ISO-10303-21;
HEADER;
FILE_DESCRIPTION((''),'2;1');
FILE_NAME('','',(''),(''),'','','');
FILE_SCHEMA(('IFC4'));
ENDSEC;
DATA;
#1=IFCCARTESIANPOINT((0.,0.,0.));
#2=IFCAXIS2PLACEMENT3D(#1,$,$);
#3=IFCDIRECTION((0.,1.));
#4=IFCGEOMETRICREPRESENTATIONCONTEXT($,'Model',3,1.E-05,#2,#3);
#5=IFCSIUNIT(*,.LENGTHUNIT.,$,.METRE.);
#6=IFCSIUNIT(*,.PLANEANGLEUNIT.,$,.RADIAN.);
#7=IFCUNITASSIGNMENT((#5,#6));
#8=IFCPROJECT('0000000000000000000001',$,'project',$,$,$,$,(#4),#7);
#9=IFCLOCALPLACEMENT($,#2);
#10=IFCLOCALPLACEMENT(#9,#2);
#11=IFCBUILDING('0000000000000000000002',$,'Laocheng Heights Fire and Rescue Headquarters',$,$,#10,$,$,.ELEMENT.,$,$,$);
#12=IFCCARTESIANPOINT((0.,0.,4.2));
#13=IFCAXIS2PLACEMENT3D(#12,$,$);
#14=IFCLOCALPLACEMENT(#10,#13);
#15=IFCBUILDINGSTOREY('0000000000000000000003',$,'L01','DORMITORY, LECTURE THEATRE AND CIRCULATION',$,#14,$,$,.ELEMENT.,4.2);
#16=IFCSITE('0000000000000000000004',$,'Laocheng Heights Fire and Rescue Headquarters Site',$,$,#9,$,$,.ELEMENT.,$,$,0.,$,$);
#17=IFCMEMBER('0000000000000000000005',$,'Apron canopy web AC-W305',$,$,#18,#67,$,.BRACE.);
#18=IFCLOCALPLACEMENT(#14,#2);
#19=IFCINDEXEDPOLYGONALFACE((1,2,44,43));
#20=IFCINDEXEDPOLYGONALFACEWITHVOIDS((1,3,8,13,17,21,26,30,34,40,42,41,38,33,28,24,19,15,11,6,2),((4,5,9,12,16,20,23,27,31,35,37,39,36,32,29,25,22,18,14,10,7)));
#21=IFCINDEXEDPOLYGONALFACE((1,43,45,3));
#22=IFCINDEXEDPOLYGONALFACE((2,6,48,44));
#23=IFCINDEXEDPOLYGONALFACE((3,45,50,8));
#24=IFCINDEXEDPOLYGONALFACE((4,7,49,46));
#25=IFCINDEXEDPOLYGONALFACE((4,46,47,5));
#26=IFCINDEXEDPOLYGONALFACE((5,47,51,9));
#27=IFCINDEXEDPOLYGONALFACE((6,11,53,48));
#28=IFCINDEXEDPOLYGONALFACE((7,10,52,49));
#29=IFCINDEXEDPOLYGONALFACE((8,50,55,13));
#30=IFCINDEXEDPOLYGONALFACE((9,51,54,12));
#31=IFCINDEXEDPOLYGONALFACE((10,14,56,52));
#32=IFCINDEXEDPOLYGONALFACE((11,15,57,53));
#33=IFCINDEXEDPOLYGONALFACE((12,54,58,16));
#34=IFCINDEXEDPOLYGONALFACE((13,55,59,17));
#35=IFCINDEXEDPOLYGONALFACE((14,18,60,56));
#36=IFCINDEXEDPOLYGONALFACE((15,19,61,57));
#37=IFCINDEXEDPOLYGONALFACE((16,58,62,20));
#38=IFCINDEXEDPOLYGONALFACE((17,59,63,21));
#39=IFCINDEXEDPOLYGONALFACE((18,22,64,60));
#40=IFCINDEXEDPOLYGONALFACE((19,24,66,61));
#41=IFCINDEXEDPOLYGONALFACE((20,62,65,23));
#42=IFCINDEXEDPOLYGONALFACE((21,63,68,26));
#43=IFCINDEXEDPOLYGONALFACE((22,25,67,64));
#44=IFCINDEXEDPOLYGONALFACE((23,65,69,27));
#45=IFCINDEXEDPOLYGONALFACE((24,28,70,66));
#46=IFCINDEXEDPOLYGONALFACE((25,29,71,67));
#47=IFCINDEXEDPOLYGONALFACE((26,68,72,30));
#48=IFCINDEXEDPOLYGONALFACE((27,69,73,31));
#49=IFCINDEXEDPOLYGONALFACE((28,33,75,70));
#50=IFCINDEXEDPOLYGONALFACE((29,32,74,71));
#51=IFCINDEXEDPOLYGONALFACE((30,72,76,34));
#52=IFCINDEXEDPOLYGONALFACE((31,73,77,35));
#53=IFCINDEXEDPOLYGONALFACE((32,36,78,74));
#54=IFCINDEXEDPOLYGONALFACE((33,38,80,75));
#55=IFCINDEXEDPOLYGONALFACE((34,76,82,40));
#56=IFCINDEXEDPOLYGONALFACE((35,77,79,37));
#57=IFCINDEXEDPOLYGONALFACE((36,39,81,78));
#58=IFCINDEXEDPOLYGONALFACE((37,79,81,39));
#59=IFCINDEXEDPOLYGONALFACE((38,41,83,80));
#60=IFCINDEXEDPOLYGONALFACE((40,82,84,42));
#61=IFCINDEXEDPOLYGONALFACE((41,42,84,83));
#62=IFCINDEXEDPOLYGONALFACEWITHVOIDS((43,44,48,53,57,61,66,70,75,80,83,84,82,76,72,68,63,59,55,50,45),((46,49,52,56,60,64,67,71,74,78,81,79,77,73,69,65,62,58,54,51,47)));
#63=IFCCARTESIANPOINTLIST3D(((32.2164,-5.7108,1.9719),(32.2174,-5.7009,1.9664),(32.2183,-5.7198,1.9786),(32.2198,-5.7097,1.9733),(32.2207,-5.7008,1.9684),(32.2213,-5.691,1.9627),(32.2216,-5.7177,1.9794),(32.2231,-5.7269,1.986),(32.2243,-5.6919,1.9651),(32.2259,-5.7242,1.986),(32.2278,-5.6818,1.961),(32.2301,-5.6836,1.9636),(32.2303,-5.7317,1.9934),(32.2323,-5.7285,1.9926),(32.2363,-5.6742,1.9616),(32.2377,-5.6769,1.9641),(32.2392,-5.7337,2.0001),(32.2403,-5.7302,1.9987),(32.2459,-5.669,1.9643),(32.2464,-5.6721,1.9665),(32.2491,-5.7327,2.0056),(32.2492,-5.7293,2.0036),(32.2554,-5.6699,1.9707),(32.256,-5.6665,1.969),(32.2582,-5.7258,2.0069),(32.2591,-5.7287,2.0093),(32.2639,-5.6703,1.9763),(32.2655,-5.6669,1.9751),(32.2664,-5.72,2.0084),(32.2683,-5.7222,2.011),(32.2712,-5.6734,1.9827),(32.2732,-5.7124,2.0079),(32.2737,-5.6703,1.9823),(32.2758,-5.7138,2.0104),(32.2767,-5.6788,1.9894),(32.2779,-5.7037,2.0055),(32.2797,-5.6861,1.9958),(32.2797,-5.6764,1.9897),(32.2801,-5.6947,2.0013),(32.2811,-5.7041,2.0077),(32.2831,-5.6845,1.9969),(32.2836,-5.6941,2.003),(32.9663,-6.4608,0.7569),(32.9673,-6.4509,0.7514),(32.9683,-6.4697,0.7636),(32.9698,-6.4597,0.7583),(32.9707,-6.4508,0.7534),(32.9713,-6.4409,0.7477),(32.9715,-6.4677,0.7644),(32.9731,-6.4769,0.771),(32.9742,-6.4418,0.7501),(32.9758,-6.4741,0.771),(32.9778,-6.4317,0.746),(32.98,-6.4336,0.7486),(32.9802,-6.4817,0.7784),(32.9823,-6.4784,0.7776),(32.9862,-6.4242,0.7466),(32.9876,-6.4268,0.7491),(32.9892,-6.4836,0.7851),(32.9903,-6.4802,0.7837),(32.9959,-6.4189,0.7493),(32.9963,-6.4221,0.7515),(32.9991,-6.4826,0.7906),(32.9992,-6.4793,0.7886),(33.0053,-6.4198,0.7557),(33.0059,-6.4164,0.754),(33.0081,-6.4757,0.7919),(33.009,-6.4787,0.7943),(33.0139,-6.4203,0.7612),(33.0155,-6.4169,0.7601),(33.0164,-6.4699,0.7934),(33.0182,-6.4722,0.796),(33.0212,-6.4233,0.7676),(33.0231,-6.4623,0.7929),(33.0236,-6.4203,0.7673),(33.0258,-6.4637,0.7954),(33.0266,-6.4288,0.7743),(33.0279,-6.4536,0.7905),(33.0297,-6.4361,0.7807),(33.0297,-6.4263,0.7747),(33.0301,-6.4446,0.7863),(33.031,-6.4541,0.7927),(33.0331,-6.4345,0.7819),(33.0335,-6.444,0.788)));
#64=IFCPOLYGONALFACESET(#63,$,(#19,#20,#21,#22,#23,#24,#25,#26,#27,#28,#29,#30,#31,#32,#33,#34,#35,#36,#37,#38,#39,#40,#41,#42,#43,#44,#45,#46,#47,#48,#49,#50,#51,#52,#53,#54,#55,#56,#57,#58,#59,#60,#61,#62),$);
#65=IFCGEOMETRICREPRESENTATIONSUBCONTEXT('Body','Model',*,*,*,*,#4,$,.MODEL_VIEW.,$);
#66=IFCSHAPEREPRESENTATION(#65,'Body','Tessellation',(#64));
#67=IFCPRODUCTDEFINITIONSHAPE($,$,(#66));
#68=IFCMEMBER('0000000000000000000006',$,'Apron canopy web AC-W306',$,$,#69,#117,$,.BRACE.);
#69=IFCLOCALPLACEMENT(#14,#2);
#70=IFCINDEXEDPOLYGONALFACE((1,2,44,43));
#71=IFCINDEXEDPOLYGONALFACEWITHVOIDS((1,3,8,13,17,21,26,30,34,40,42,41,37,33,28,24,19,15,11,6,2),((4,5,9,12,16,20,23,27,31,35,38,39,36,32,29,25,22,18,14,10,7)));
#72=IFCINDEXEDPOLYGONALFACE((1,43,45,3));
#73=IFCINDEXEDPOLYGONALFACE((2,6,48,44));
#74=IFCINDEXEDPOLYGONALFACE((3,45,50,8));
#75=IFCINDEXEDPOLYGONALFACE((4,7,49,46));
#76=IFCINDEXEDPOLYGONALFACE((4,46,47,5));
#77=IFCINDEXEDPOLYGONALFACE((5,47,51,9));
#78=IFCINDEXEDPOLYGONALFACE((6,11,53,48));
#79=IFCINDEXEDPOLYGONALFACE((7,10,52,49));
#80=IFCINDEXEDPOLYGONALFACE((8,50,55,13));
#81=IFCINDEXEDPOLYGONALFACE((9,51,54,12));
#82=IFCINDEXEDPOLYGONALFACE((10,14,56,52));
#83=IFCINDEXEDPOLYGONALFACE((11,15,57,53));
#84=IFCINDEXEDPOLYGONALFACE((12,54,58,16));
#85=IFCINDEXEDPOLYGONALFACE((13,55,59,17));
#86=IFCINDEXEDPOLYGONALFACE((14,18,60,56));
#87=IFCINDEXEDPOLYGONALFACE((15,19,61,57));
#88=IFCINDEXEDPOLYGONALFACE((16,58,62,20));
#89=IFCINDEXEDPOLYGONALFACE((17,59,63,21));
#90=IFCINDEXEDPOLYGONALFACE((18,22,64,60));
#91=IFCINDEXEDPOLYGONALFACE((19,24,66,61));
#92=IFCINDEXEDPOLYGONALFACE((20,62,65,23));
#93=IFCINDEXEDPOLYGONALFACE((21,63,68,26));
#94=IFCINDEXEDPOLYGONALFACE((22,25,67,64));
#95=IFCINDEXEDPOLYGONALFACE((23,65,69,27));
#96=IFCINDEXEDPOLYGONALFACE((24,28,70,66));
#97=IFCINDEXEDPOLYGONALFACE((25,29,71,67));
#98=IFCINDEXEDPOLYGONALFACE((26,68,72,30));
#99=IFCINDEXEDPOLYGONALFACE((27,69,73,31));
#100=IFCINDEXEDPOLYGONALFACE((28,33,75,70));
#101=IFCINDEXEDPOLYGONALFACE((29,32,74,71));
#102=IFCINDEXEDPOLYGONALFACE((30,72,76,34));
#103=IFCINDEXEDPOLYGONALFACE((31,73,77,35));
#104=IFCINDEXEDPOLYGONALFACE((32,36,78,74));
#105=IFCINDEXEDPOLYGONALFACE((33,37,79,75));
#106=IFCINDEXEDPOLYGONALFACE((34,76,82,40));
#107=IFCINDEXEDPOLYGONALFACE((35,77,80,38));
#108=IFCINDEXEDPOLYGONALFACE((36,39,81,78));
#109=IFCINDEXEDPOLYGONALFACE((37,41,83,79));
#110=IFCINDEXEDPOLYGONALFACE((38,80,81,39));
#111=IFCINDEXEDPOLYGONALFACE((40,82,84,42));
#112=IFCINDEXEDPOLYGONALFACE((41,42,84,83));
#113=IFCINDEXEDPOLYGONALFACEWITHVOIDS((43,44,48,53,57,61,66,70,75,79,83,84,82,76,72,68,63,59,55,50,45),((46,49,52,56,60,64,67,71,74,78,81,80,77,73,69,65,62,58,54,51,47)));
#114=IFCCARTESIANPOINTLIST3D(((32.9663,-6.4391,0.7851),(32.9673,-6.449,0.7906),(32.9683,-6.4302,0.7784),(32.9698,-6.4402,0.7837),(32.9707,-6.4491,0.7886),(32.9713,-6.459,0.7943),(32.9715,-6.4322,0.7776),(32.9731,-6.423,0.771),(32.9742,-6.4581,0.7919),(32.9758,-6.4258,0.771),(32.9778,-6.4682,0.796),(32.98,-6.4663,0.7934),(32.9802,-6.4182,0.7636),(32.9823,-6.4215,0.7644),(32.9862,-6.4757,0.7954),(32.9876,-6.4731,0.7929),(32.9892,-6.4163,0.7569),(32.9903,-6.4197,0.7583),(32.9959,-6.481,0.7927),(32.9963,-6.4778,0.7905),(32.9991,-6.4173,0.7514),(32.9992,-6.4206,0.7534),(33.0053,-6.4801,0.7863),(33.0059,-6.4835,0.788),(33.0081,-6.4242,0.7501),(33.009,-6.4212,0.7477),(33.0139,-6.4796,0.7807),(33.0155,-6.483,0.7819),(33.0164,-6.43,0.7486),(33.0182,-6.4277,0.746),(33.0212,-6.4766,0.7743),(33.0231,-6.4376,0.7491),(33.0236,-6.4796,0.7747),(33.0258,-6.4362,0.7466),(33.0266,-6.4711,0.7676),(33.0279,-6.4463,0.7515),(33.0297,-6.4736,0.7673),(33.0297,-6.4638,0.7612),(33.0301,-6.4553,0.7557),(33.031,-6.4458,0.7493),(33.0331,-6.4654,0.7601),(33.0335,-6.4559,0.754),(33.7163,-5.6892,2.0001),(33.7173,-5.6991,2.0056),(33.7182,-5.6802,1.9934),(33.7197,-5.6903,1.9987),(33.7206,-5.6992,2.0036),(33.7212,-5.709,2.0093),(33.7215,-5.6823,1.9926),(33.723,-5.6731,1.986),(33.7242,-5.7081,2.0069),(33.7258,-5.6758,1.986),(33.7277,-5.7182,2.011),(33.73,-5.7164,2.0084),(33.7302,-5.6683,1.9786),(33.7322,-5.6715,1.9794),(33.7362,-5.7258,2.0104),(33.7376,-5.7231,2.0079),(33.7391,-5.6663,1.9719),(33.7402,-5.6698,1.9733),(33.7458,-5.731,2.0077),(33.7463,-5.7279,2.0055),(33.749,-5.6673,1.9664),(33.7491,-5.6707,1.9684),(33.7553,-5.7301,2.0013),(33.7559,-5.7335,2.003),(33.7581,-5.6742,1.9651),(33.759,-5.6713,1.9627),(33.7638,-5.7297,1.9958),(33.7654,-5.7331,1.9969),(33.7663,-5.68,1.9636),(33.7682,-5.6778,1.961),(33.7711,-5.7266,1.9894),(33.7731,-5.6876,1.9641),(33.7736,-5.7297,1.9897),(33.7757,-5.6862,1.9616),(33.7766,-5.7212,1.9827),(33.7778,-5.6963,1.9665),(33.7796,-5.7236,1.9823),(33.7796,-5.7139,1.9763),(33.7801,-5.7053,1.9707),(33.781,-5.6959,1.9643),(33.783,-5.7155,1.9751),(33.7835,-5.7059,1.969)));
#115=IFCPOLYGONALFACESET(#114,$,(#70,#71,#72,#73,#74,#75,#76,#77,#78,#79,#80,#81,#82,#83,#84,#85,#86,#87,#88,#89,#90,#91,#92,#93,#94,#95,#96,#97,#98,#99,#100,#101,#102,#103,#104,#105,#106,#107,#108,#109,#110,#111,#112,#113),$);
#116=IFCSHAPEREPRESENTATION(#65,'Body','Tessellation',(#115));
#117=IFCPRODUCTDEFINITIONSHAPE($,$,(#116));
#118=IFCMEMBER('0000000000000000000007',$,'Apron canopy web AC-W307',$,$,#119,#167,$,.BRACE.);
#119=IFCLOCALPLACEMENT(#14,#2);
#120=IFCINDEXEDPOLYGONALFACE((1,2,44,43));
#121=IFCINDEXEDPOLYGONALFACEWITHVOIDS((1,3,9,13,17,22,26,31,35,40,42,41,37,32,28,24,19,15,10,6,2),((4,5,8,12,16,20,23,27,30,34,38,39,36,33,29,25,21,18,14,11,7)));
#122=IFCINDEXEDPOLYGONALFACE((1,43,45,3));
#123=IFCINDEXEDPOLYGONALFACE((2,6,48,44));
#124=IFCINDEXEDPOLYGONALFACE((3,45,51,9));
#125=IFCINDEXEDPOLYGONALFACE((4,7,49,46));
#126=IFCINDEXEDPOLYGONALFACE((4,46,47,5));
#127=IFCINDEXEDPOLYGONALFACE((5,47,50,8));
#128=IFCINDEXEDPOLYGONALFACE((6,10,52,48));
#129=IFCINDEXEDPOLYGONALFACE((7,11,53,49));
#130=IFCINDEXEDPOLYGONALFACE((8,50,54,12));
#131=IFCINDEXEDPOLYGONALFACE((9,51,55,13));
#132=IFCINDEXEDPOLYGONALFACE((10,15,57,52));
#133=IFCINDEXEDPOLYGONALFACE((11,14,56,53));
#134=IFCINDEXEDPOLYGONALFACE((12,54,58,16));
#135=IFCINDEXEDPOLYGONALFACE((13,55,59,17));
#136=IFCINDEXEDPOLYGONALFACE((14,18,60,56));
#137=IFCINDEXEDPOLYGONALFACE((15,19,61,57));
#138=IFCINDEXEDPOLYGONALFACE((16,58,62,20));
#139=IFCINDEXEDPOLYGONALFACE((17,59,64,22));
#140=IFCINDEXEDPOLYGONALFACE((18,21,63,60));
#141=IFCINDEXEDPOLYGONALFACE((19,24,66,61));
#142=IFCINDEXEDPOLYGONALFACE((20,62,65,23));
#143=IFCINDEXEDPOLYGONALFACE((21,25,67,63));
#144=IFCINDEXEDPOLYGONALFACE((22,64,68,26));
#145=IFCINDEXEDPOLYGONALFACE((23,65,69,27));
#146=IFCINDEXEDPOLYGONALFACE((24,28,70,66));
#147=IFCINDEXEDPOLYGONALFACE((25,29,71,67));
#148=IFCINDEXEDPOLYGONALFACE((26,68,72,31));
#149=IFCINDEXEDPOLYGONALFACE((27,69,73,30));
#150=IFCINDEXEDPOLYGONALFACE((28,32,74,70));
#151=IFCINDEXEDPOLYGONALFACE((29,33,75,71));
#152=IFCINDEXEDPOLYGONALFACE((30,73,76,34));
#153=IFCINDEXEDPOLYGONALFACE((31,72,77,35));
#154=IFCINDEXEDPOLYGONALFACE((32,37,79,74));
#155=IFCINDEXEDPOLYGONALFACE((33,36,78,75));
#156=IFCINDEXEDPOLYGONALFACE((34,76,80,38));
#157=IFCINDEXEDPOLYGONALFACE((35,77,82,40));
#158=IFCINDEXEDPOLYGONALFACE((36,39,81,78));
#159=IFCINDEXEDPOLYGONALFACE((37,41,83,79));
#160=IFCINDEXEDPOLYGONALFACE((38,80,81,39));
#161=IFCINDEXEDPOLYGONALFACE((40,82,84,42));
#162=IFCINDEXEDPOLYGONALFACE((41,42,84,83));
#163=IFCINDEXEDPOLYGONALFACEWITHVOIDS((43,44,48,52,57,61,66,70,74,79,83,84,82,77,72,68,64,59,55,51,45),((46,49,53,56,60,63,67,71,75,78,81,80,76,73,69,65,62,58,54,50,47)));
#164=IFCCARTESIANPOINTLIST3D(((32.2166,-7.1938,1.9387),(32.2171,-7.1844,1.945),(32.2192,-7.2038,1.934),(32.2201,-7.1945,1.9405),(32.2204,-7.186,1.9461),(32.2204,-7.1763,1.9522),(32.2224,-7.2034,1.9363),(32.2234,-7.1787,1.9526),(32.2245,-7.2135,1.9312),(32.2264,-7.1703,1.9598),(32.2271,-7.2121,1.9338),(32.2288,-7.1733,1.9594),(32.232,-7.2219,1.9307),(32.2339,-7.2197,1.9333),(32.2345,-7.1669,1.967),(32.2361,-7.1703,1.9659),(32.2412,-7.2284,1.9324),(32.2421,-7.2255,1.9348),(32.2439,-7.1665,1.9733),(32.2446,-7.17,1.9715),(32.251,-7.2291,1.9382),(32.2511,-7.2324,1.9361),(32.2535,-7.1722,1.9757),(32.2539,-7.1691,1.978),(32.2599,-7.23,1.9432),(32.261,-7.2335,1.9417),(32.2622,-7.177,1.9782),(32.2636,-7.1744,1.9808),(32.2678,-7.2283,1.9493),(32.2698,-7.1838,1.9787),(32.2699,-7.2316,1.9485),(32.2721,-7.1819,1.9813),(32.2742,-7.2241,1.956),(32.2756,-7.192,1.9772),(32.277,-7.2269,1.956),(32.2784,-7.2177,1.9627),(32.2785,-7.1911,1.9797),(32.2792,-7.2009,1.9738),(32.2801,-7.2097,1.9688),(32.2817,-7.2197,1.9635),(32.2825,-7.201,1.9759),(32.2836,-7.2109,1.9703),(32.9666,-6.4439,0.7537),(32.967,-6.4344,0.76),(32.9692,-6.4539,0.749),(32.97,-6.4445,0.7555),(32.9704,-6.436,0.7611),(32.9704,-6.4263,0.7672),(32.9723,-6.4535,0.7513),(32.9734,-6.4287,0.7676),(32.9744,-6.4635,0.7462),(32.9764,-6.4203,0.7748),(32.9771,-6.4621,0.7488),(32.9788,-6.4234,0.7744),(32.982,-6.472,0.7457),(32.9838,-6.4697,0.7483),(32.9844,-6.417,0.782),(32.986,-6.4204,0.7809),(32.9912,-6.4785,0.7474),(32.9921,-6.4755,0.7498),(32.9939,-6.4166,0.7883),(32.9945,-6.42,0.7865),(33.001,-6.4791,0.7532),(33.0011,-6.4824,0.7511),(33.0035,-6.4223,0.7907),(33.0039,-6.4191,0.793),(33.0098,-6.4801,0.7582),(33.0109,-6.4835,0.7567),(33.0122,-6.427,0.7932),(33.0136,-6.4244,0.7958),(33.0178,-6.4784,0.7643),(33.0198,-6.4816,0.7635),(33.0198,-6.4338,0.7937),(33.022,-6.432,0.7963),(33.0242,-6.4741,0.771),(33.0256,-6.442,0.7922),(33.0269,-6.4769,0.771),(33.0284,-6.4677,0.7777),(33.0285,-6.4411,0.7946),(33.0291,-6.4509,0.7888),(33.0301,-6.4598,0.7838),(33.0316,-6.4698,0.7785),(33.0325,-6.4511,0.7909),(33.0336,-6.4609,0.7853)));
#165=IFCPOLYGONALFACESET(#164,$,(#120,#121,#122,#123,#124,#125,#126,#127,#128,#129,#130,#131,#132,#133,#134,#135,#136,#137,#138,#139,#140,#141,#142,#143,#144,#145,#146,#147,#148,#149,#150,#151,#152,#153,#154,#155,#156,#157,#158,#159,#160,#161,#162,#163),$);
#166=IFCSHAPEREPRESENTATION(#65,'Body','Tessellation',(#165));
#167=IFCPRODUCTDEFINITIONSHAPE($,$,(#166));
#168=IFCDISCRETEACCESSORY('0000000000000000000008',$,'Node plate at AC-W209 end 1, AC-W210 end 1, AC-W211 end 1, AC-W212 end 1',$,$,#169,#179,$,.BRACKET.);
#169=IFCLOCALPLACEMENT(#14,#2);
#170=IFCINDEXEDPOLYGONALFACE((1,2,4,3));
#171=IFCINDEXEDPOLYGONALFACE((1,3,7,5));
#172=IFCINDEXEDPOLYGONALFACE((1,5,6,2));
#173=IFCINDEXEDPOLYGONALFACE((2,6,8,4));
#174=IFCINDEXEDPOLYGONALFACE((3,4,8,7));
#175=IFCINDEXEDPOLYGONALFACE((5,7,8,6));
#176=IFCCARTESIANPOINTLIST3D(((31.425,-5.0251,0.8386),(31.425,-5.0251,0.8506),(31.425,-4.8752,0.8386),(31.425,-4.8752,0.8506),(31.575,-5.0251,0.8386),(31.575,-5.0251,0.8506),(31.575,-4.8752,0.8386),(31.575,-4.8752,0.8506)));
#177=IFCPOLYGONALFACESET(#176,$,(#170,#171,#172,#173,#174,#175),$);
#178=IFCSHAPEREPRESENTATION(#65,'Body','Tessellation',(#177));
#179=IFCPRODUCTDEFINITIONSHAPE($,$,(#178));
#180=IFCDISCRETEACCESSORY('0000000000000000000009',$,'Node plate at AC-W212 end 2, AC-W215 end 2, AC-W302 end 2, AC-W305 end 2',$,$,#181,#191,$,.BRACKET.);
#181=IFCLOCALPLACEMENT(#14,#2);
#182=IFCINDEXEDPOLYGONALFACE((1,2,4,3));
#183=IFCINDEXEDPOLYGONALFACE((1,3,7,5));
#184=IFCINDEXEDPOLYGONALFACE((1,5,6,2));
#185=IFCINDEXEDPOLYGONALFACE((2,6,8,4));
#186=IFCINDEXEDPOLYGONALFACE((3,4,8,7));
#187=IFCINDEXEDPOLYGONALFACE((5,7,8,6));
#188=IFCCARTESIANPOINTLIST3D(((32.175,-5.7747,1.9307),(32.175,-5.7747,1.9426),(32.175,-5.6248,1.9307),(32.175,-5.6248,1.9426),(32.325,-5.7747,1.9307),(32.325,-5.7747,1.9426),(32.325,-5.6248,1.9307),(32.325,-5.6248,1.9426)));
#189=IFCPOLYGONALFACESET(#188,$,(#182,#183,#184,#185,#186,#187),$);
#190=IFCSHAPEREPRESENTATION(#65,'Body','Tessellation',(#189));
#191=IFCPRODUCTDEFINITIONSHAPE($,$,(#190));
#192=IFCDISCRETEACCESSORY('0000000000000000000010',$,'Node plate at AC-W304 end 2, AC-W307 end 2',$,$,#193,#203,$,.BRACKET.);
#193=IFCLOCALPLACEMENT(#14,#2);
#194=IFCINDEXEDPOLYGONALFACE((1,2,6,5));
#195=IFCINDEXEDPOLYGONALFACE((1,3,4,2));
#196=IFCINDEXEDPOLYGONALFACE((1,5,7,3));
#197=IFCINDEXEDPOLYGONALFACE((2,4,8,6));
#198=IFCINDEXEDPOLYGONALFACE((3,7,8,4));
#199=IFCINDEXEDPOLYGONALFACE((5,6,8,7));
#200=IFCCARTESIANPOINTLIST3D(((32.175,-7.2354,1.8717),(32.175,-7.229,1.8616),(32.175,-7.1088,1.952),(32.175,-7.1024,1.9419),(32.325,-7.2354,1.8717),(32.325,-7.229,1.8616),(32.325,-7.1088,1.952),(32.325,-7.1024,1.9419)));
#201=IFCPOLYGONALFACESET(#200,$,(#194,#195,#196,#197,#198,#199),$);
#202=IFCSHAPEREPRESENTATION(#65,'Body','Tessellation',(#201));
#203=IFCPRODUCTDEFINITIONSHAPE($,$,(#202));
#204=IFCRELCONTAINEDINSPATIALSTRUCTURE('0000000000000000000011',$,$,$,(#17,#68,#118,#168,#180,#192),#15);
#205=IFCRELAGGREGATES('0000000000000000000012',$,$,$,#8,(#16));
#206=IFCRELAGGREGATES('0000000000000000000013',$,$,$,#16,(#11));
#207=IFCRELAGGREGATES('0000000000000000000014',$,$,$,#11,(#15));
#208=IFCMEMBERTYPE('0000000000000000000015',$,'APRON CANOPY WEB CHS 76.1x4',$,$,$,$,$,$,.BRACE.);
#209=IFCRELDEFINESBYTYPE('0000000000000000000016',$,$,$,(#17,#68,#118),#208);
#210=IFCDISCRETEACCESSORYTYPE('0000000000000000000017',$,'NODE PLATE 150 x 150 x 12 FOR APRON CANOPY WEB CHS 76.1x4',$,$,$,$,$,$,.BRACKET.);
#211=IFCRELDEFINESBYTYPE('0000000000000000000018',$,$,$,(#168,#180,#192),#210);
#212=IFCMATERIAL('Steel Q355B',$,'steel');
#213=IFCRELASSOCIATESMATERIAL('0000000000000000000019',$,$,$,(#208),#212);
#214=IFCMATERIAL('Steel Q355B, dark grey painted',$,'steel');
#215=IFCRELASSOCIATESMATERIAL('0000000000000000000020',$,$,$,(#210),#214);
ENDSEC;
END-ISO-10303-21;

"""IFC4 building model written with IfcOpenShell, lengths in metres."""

from ifc_helpers import new_model, si_unit, direction, frame, origin, origin_2d, place, context, subcontext, project, spatial, rectangle, hollow_circle, extrude, material, material_profile, profile_set, type_object, element, save


model = new_model("IFC4")

# Units and contexts
model_context = context("Model", 3, precision=1e-05, world=origin(), true_north=direction((0.0, 1.0)))
body_context = subcontext(model_context, "Body", "Model", "MODEL_VIEW")
ifc_project = project(units=[si_unit("LENGTHUNIT", "METRE"), si_unit("PLANEANGLEUNIT", "RADIAN")], contexts=[model_context])

# Site, building, storey
site_placement = place(None, origin())
site = spatial("IfcSite", under=ifc_project, at=site_placement, Name="Laocheng Heights Fire and Rescue Headquarters Site", CompositionType="ELEMENT", RefElevation=0.0)
building_placement = place(site_placement, origin())
building = spatial("IfcBuilding", under=site, at=building_placement, Name="Laocheng Heights Fire and Rescue Headquarters", CompositionType="ELEMENT")
storey_placement = place(building_placement, frame((0.0, 0.0, 4.2)))
storey = spatial("IfcBuildingStorey", under=building, at=storey_placement, Name="L01", Description="DORMITORY, LECTURE THEATRE AND CIRCULATION", CompositionType="ELEMENT", Elevation=4.2)

# Members
ifc_material_1 = material(Name="Steel Q355B", Category="steel")
ifc_material_profile_1 = material_profile(ifc_material_1, hollow_circle(Radius=0.0381, WallThickness=0.0039, at=origin_2d()), Name="CHS 76.1x4")
ifc_profile_set_1 = profile_set([ifc_material_profile_1], Name="Steel Q355B")
member_type_1 = type_object("IfcMemberType", Name="APRON CANOPY WEB CHS 76.1x4", PredefinedType="BRACE", material=ifc_profile_set_1)
for number, where, z_axis, x_axis, name in (
    (1, (33.0, -6.45, 0.771), (-0.465002, 0.465002, 0.753357), (-0.707107, -0.707107, 0.0), "Apron canopy web AC-W305"),
    (2, (33.0, -6.45, 0.771), (0.465002, 0.465002, 0.753357), (-0.707107, 0.707107, 0.0), "Apron canopy web AC-W306"),
):
    element("IfcMember", number, at=place(storey_placement, frame(where, z_axis=z_axis, x_axis=x_axis)), inside=storey, type_object=member_type_1, Name=name, PredefinedType="BRACE", context=body_context, shape_type="SweptSolid", body=[
        extrude(hollow_circle(Radius=0.0381, WallThickness=0.0039, at=origin_2d()), origin(), (0.0, 0.0, 1.0), 1.6128),
    ])
member_1_placement = place(storey_placement, frame((33.0, -6.45, 0.771), z_axis=(-0.47158, -0.47158, 0.745134), x_axis=(0.707107, -0.707107, 0.0)))
element("IfcMember", 3, at=member_1_placement, inside=storey, type_object=member_type_1, Name="Apron canopy web AC-W307", PredefinedType="BRACE", context=body_context, shape_type="SweptSolid", body=[
    extrude(hollow_circle(Radius=0.0381, WallThickness=0.0039, at=origin_2d()), origin(), (0.0, 0.0, 1.0), 1.5903),
])

# Discrete accessories
ifc_material_2 = material(Name="Steel Q355B, dark grey painted", Category="steel")
ifc_material_profile_2 = material_profile(ifc_material_2, rectangle(XDim=0.1499, YDim=0.1499, at=origin_2d()), Name="NODE PLATE 150 x 150 x 12 FOR APRON CANOPY WEB CHS 76.1x4")
ifc_profile_set_2 = profile_set([ifc_material_profile_2], Name="Steel Q355B, dark grey painted")
discrete_accessory_type = type_object("IfcDiscreteAccessoryType", Name="NODE PLATE 150 x 150 x 12 FOR APRON CANOPY WEB CHS 76.1x4", PredefinedType="BRACKET", material=ifc_profile_set_2)
for number, where, z_axis, x_axis, name in (
    (4, (31.5, -4.9502, 0.8386), (0.0, 0.0, 1.0), (1.0, 0.0, 0.0), "Node plate at AC-W209 end 1, AC-W210 end 1, AC-W211 end 1, AC-W212 end 1"),
    (5, (32.25, -5.6997, 1.9426), (0.0, 0.0, -1.0), (1.0, 0.0, 0.0), "Node plate at AC-W212 end 2, AC-W215 end 2, AC-W302 end 2, AC-W305 end 2"),
    (6, (32.25, -7.1721, 1.9119), (0.0, 0.535542, -0.844509), (-1.0, 0.0, 0.0), "Node plate at AC-W304 end 2, AC-W307 end 2"),
):
    element("IfcDiscreteAccessory", number, at=place(storey_placement, frame(where, z_axis=z_axis, x_axis=x_axis)), inside=storey, type_object=discrete_accessory_type, Name=name, PredefinedType="BRACKET", context=body_context, shape_type="SweptSolid", body=[
        extrude(rectangle(XDim=0.1499, YDim=0.1499, at=origin_2d()), origin(), (0.0, 0.0, 1.0), 0.012),
    ])

save(model, "model.ifc")
